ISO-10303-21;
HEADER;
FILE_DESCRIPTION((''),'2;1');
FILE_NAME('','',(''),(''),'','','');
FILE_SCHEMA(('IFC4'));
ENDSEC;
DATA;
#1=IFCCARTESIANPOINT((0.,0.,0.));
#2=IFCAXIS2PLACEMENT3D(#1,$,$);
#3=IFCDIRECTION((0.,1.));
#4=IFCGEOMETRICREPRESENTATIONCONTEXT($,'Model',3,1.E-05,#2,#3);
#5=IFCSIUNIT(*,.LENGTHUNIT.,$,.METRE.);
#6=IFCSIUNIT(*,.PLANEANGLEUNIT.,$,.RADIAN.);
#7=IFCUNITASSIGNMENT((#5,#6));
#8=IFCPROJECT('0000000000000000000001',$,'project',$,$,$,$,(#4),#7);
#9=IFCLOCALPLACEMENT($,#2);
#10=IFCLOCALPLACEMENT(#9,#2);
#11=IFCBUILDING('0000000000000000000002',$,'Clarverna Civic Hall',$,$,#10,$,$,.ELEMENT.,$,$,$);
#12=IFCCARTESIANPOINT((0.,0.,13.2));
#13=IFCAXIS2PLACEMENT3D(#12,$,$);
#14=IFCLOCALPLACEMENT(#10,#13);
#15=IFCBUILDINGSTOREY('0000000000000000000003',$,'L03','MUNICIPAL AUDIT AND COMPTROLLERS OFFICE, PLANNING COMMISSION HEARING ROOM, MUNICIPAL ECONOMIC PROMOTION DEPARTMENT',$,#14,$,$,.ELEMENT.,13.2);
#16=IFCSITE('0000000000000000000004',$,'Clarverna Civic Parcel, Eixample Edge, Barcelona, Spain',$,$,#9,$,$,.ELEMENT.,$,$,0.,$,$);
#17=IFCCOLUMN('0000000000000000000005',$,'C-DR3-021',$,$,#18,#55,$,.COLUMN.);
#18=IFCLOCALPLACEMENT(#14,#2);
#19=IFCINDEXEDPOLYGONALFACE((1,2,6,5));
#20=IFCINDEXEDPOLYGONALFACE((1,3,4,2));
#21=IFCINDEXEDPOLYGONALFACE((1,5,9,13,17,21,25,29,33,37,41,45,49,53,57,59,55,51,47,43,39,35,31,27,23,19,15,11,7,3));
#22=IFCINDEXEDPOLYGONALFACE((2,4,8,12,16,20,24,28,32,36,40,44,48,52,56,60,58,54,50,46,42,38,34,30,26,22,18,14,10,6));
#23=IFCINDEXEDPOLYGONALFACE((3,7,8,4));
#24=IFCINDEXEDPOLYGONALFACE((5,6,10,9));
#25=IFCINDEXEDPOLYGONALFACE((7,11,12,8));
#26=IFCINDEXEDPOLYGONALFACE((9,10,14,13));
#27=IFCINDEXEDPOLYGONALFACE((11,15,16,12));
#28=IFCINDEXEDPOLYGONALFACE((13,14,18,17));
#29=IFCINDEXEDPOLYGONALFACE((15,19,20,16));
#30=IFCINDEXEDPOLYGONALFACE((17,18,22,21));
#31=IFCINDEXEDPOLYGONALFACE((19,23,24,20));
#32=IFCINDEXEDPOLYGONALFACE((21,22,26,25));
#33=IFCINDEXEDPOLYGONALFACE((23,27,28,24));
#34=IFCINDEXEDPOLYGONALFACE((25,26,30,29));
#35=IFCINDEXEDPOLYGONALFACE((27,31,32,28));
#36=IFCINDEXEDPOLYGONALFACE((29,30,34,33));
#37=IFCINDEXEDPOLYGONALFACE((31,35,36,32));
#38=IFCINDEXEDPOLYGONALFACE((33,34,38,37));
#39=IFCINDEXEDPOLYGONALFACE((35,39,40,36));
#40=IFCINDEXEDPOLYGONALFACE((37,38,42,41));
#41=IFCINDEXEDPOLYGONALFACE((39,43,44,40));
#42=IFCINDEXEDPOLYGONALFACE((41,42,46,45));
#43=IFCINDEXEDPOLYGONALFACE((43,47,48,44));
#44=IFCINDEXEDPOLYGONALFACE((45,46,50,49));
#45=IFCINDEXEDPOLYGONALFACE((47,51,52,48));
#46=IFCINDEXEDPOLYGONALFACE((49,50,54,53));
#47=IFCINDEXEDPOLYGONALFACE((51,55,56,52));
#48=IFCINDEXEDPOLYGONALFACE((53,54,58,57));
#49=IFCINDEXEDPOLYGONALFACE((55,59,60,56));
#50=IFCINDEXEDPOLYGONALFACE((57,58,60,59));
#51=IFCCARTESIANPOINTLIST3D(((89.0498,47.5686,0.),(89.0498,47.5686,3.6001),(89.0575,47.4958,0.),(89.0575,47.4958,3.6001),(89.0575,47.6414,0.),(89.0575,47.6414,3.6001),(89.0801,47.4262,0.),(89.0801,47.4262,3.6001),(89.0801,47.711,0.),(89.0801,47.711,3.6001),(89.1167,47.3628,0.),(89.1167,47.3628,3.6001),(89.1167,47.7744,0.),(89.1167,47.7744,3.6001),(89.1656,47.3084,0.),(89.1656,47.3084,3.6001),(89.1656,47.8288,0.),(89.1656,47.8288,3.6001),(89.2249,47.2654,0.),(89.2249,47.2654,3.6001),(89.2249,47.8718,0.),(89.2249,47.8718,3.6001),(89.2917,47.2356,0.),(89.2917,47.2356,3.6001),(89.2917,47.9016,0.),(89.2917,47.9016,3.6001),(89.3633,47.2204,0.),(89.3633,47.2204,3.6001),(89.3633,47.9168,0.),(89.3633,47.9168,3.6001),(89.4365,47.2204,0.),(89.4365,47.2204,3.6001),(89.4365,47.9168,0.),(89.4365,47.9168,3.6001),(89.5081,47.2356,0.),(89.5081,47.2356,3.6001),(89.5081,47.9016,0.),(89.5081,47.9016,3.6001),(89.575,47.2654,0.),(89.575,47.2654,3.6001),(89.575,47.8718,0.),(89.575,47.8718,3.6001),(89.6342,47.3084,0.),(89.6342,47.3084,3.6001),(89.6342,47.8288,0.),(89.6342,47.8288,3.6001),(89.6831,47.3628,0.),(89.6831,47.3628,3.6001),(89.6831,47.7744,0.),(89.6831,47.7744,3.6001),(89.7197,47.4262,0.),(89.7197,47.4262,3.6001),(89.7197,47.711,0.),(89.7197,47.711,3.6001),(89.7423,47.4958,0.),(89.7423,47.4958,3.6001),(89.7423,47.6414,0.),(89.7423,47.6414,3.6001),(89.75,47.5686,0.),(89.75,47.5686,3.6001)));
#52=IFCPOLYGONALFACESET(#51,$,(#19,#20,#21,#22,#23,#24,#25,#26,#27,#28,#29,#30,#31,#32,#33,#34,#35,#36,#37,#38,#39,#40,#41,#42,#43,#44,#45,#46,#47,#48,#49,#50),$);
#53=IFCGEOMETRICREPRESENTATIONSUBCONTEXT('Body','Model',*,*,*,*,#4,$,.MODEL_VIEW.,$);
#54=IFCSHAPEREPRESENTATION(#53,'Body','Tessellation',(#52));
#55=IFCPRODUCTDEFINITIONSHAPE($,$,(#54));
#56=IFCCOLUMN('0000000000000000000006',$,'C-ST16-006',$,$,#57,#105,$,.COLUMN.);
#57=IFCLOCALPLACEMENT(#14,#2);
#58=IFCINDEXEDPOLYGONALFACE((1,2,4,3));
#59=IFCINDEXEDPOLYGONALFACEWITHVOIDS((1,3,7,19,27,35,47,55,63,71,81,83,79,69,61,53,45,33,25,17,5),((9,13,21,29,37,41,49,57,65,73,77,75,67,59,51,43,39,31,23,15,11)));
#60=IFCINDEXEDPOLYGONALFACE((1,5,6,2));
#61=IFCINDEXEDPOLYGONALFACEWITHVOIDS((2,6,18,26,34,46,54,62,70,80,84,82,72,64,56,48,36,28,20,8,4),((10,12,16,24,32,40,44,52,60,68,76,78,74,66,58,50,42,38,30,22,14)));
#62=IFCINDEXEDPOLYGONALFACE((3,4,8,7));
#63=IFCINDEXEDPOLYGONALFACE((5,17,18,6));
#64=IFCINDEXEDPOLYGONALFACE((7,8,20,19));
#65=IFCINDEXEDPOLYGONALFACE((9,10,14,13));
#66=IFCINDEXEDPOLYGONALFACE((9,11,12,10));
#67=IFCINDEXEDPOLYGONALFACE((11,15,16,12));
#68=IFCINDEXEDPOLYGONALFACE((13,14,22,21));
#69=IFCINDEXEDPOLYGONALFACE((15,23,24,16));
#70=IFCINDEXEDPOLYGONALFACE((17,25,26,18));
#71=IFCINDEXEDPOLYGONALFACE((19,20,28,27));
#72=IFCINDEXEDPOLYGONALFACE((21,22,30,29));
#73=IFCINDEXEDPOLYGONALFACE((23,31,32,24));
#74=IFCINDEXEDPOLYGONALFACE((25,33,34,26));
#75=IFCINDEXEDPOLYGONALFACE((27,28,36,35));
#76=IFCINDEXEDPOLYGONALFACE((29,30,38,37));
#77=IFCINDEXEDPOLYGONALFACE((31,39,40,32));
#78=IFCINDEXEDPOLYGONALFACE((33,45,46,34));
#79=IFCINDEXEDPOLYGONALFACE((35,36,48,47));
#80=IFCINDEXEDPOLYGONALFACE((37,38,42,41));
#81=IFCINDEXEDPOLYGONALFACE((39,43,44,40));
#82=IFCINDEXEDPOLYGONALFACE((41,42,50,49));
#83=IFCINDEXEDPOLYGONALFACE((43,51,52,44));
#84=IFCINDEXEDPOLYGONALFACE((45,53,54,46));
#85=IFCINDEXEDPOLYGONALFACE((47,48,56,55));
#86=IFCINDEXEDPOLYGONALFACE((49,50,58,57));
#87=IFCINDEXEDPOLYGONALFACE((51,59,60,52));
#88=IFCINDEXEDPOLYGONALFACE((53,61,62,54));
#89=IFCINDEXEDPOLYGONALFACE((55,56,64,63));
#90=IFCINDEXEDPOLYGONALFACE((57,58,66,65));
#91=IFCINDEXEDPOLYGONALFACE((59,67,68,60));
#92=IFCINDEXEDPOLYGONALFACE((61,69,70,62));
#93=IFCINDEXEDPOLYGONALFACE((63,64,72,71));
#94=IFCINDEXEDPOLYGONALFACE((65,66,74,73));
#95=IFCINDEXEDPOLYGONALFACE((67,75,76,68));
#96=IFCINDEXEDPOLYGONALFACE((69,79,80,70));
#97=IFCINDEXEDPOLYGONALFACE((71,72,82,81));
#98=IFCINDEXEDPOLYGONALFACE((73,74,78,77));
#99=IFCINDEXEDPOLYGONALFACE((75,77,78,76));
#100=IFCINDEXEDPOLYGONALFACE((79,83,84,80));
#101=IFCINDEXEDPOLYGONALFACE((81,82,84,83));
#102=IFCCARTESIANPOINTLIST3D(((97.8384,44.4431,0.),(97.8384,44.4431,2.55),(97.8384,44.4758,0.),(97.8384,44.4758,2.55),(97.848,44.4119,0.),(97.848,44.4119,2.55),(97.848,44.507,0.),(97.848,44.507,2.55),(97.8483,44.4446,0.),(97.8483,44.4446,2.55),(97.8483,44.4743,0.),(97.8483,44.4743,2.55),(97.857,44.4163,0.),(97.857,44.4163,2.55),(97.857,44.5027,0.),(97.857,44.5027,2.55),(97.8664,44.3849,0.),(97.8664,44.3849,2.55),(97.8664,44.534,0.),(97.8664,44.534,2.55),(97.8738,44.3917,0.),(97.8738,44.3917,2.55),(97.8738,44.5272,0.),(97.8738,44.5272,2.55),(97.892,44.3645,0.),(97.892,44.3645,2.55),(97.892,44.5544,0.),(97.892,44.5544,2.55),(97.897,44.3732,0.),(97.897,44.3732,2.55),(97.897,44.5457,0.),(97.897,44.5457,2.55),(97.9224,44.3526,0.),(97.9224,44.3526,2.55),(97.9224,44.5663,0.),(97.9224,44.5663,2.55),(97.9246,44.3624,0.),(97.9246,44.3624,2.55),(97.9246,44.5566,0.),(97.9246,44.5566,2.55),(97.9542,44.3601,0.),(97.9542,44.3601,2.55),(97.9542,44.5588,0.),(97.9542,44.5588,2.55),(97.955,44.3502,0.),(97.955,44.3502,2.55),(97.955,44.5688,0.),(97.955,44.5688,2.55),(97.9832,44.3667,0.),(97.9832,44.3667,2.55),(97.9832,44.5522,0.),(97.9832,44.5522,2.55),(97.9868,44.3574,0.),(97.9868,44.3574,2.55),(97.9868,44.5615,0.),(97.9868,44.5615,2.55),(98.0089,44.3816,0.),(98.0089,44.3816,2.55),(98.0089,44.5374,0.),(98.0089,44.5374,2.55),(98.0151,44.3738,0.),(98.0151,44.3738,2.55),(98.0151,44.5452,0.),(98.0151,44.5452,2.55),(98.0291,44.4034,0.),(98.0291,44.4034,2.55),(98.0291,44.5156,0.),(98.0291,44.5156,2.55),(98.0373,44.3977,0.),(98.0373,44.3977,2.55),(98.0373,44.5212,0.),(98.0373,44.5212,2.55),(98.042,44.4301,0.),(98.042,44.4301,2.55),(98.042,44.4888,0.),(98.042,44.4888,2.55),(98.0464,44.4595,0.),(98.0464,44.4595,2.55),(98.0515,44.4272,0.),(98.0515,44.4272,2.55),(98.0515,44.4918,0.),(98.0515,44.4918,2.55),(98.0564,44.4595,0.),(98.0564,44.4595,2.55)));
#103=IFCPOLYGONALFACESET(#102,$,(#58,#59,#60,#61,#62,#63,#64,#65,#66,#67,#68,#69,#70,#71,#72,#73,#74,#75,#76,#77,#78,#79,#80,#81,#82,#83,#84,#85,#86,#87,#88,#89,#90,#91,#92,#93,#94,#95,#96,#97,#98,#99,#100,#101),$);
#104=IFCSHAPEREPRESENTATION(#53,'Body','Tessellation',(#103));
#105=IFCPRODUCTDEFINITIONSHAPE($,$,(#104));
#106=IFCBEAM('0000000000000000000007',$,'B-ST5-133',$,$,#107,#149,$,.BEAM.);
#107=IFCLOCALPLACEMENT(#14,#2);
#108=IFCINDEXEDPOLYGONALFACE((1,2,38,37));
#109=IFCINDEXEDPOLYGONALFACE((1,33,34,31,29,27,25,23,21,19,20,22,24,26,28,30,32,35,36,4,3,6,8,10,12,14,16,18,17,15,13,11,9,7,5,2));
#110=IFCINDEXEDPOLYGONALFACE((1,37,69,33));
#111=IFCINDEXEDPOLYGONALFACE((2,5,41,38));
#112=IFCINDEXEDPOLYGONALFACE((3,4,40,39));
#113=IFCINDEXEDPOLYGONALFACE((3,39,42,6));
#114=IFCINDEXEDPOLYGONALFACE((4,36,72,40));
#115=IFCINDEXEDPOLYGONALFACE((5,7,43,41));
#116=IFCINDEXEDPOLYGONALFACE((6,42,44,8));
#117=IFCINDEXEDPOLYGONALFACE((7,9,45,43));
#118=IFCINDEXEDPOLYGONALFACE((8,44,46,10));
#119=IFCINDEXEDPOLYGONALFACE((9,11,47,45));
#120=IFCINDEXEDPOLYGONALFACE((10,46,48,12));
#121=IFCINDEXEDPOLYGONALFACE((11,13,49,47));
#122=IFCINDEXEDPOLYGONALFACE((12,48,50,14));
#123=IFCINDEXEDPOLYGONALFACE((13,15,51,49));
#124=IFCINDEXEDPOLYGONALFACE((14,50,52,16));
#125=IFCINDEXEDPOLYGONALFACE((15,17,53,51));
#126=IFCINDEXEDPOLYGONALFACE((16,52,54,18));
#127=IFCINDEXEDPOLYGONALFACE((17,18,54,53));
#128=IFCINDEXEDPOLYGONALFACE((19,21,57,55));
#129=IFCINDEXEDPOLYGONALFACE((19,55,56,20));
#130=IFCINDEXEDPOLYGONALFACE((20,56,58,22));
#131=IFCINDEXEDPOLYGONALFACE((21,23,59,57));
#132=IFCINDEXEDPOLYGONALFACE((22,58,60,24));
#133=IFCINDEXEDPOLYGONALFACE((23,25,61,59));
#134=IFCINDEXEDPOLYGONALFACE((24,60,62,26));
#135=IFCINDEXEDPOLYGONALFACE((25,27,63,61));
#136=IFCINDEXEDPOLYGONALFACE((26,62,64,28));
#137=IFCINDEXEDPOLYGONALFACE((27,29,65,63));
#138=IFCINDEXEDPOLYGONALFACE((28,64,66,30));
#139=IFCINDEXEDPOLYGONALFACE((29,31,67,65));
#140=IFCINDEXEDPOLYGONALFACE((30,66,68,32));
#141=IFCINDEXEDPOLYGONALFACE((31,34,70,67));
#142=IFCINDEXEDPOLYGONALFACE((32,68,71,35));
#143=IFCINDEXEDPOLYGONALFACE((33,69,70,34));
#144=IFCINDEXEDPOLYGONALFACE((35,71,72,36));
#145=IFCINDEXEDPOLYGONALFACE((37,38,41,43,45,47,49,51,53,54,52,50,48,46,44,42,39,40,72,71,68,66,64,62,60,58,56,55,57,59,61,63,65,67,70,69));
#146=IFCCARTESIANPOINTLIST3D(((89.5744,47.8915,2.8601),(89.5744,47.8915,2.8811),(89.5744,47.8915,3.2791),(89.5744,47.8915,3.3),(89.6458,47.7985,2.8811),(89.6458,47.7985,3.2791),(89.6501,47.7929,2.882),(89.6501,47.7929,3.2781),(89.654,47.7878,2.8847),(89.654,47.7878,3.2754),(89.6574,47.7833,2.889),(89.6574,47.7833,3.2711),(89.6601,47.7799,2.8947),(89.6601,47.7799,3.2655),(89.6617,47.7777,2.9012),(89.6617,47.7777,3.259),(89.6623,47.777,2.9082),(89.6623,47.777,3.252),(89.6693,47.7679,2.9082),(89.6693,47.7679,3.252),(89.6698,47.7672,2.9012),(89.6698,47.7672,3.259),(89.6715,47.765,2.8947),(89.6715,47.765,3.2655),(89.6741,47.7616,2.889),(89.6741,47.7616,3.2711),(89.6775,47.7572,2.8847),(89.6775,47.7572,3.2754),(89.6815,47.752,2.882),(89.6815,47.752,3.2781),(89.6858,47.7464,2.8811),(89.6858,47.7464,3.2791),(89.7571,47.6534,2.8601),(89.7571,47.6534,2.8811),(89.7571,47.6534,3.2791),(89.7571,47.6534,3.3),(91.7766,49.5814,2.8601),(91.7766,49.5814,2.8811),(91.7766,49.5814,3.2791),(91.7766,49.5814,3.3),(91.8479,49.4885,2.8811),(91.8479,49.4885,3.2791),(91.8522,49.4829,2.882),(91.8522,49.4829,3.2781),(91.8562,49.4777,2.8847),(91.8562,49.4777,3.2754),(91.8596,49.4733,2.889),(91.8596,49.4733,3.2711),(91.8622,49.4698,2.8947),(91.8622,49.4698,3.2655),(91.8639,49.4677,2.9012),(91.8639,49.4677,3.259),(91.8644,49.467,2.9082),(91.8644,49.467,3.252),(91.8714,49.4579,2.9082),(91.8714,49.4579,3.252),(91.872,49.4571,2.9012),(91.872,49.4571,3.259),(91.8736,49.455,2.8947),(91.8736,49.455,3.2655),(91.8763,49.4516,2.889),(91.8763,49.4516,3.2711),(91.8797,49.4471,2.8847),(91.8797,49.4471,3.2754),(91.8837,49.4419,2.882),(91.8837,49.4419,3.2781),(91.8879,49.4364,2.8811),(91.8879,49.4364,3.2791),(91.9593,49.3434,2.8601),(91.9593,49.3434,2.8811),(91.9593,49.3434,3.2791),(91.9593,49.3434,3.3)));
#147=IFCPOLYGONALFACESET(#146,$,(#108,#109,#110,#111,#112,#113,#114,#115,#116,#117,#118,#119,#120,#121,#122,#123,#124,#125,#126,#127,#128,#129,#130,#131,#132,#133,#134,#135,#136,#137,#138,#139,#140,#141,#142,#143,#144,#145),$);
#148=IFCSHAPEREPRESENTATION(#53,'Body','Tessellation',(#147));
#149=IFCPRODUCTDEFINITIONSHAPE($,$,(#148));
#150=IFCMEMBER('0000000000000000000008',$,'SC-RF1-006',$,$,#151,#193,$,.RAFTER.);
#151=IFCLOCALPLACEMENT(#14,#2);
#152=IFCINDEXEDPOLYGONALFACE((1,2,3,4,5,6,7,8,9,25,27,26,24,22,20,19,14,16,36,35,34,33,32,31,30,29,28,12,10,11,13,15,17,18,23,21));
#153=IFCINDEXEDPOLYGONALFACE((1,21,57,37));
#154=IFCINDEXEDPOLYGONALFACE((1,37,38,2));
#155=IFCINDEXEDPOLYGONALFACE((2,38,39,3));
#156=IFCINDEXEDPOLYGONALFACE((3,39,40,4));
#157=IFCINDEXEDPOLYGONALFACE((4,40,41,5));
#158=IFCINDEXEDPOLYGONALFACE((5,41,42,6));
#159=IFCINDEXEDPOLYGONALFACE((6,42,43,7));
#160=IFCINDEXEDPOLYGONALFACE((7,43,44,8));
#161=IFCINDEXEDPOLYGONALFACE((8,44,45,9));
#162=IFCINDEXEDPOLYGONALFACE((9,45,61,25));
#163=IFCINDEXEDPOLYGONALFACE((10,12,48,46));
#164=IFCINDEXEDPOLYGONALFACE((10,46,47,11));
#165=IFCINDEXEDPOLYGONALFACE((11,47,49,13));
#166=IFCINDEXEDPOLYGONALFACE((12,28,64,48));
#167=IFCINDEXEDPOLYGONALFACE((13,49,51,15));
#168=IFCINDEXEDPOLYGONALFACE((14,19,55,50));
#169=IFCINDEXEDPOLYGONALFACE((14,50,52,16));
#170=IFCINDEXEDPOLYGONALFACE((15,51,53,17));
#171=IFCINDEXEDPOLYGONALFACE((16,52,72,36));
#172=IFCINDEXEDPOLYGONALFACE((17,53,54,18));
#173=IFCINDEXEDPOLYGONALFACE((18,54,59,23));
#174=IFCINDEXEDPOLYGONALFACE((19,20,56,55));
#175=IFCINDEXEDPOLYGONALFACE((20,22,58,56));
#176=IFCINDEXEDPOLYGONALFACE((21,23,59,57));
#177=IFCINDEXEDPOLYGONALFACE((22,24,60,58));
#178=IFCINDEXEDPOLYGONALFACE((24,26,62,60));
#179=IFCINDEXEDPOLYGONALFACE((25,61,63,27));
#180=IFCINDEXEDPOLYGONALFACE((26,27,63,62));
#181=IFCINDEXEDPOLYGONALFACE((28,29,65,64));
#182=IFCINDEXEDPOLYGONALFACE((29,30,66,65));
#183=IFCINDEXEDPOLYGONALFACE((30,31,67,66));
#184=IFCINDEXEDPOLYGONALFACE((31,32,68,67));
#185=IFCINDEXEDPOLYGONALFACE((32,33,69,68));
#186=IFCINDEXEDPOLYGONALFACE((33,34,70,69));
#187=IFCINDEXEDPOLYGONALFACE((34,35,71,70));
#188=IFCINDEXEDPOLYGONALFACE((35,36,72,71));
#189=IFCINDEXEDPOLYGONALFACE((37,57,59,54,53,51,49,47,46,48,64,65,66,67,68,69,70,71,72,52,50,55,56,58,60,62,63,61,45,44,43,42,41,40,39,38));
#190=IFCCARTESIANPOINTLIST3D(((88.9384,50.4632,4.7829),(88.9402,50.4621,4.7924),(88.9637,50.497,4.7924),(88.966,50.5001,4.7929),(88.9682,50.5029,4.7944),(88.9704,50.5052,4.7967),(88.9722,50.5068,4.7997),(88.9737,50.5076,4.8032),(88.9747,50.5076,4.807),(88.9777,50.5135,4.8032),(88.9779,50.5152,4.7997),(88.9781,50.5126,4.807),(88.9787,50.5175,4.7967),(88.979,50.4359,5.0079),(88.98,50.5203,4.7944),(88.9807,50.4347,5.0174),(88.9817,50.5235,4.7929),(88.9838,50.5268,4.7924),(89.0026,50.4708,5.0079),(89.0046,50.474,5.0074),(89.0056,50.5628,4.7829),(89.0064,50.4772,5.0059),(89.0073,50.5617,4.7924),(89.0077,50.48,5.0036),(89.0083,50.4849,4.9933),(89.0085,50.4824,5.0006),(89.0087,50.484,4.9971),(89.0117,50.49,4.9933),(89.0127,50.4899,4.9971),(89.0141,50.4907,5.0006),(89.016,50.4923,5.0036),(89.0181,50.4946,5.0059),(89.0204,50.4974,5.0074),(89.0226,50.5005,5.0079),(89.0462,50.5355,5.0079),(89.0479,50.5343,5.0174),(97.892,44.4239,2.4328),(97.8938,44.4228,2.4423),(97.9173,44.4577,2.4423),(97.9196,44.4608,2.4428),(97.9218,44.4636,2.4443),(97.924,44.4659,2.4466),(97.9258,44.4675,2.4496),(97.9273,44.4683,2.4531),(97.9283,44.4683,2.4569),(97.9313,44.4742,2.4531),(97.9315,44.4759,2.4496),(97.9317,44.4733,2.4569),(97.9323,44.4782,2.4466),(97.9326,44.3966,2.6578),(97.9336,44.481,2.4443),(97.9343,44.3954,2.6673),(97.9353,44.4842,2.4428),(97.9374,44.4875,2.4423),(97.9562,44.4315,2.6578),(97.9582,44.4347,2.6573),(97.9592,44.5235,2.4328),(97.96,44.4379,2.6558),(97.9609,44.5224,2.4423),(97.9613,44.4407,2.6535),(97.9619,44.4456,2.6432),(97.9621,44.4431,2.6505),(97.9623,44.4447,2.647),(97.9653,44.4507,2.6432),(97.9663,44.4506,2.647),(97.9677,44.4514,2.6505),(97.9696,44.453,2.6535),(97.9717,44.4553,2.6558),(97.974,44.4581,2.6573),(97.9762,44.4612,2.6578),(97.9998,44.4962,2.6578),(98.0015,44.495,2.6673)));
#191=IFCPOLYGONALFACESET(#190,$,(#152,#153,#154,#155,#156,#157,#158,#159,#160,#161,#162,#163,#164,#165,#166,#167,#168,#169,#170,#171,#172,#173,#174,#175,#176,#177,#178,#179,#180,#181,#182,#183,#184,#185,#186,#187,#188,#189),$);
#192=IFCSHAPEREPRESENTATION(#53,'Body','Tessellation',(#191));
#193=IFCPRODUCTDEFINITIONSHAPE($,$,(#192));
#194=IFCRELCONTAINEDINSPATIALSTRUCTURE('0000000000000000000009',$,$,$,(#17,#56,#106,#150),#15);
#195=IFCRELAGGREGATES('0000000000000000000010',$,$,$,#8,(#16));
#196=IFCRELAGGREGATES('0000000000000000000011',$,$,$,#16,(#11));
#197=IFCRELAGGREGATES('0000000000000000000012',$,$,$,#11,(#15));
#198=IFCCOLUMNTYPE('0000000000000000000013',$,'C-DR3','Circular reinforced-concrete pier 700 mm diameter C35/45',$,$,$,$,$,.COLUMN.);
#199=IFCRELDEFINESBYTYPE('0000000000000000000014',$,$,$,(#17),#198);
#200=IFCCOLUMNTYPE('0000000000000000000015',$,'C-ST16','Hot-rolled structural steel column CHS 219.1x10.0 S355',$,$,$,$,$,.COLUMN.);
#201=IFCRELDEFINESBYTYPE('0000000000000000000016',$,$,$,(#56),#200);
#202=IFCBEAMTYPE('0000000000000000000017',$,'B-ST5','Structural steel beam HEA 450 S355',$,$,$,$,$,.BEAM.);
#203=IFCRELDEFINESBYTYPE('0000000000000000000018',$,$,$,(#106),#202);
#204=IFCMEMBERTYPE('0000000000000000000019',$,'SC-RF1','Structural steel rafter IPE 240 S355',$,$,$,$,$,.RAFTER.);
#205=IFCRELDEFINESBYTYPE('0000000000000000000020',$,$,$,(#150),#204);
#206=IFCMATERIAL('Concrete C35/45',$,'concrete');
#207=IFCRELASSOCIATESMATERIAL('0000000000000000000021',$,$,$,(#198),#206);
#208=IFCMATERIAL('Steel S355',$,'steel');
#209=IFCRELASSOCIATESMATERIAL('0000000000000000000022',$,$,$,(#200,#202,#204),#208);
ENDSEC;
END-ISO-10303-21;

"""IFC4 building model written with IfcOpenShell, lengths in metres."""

from ifc_helpers import new_model, si_unit, direction, frame, origin, origin_2d, place, context, subcontext, project, spatial, circle, hollow_circle, i_section, extrude, material, material_profile, profile_set, type_object, element, save


model = new_model("IFC4")

# Units and contexts
model_context = context("Model", 3, precision=1e-05, world=origin(), true_north=direction((0.0, 1.0)))
body_context = subcontext(model_context, "Body", "Model", "MODEL_VIEW")
ifc_project = project(units=[si_unit("LENGTHUNIT", "METRE"), si_unit("PLANEANGLEUNIT", "RADIAN")], contexts=[model_context])

# Site, building, storey
site_placement = place(None, origin())
site = spatial("IfcSite", under=ifc_project, at=site_placement, Name="Clarverna Civic Parcel, Eixample Edge, Barcelona, Spain", CompositionType="ELEMENT", RefElevation=0.0)
building_placement = place(site_placement, origin())
building = spatial("IfcBuilding", under=site, at=building_placement, Name="Clarverna Civic Hall", CompositionType="ELEMENT")
storey_placement = place(building_placement, frame((0.0, 0.0, 13.2)))
storey = spatial("IfcBuildingStorey", under=building, at=storey_placement, Name="L03", Description="MUNICIPAL AUDIT AND COMPTROLLERS OFFICE, PLANNING COMMISSION HEARING ROOM, MUNICIPAL ECONOMIC PROMOTION DEPARTMENT", CompositionType="ELEMENT", Elevation=13.2)

# Columns
ifc_material_1 = material(Name="Concrete C35/45", Category="concrete")
ifc_material_profile_1 = material_profile(ifc_material_1, circle(Radius=0.3501, at=origin_2d()), Name="RC D700")
ifc_profile_set_1 = profile_set([ifc_material_profile_1], Name="Concrete C35/45")
column_type_1 = type_object("IfcColumnType", Name="C-DR3", Description="Circular reinforced-concrete pier 700 mm diameter C35/45", PredefinedType="COLUMN", material=ifc_profile_set_1)
column_1_placement = place(storey_placement, frame((89.3999, 47.5686, 0.0), z_axis=(0.0, 0.0, 1.0), x_axis=(1.0, 0.0, 0.0)))
element("IfcColumn", 1, at=column_1_placement, inside=storey, type_object=column_type_1, Name="C-DR3-021", PredefinedType="COLUMN", context=body_context, shape_type="SweptSolid", body=[
    extrude(circle(Radius=0.3501, at=origin_2d()), origin(), (0.0, 0.0, 1.0), 3.6001),
])
ifc_material_2 = material(Name="Steel S355", Category="steel")
ifc_material_profile_2 = material_profile(ifc_material_2, hollow_circle(Radius=0.1096, WallThickness=0.01, at=origin_2d()), Name="CHS 219.1x10.0")
ifc_profile_set_2 = profile_set([ifc_material_profile_2], Name="Steel S355")
column_type_2 = type_object("IfcColumnType", Name="C-ST16", Description="Hot-rolled structural steel column CHS 219.1x10.0 S355", PredefinedType="COLUMN", material=ifc_profile_set_2)
column_2_placement = place(storey_placement, frame((97.9468, 44.4595, 0.0), z_axis=(0.0, 0.0, 1.0), x_axis=(1.0, 0.0, 0.0)))
element("IfcColumn", 2, at=column_2_placement, inside=storey, type_object=column_type_2, Name="C-ST16-006", PredefinedType="COLUMN", context=body_context, shape_type="SweptSolid", body=[
    extrude(hollow_circle(Radius=0.1096, WallThickness=0.01, at=origin_2d()), origin(), (0.0, 0.0, 1.0), 2.55),
])

# Beam
ifc_material_profile_3 = material_profile(ifc_material_2, i_section(OverallWidth=0.3, OverallDepth=0.4399, WebThickness=0.0115, FlangeThickness=0.021, FilletRadius=0.0271, at=origin_2d()), Name="HEA 450")
ifc_profile_set_3 = profile_set([ifc_material_profile_3], Name="Steel S355")
beam_type = type_object("IfcBeamType", Name="B-ST5", Description="Structural steel beam HEA 450 S355", PredefinedType="BEAM", material=ifc_profile_set_3)
beam_placement = place(storey_placement, frame((89.6658, 47.7725, 3.0801), z_axis=(0.793323, 0.608801, 0.0), x_axis=(-0.608801, 0.793323, 0.0)))
element("IfcBeam", 3, at=beam_placement, inside=storey, type_object=beam_type, Name="B-ST5-133", PredefinedType="BEAM", context=body_context, shape_type="SweptSolid", body=[
    extrude(i_section(OverallWidth=0.3, OverallDepth=0.4399, WebThickness=0.0115, FlangeThickness=0.021, FilletRadius=0.0271, at=origin_2d()), origin(), (0.0, 0.0, 1.0), 2.7759),
])

# Member
ifc_material_profile_4 = material_profile(ifc_material_2, i_section(OverallWidth=0.1201, OverallDepth=0.24, WebThickness=0.0061, FlangeThickness=0.0098, FilletRadius=0.0149, at=origin_2d()), Name="IPE 240")
ifc_profile_set_4 = profile_set([ifc_material_profile_4], Name="Steel S355")
member_type = type_object("IfcMemberType", Name="SC-RF1", Description="Structural steel rafter IPE 240 S355", PredefinedType="RAFTER", material=ifc_profile_set_4)
member_placement = place(storey_placement, frame((97.9468, 44.4595, 2.55), z_axis=(-0.81008, 0.546407, 0.212626), x_axis=(-0.559194, -0.829037, 0.0)))
element("IfcMember", 4, at=member_placement, inside=storey, type_object=member_type, Name="SC-RF1-006", PredefinedType="RAFTER", context=body_context, shape_type="SweptSolid", body=[
    extrude(i_section(OverallWidth=0.1201, OverallDepth=0.24, WebThickness=0.0061, FlangeThickness=0.0098, FilletRadius=0.0149, at=origin_2d()), origin(), (0.0, 0.0, 1.0), 11.0527),
])

save(model, "model.ifc")
